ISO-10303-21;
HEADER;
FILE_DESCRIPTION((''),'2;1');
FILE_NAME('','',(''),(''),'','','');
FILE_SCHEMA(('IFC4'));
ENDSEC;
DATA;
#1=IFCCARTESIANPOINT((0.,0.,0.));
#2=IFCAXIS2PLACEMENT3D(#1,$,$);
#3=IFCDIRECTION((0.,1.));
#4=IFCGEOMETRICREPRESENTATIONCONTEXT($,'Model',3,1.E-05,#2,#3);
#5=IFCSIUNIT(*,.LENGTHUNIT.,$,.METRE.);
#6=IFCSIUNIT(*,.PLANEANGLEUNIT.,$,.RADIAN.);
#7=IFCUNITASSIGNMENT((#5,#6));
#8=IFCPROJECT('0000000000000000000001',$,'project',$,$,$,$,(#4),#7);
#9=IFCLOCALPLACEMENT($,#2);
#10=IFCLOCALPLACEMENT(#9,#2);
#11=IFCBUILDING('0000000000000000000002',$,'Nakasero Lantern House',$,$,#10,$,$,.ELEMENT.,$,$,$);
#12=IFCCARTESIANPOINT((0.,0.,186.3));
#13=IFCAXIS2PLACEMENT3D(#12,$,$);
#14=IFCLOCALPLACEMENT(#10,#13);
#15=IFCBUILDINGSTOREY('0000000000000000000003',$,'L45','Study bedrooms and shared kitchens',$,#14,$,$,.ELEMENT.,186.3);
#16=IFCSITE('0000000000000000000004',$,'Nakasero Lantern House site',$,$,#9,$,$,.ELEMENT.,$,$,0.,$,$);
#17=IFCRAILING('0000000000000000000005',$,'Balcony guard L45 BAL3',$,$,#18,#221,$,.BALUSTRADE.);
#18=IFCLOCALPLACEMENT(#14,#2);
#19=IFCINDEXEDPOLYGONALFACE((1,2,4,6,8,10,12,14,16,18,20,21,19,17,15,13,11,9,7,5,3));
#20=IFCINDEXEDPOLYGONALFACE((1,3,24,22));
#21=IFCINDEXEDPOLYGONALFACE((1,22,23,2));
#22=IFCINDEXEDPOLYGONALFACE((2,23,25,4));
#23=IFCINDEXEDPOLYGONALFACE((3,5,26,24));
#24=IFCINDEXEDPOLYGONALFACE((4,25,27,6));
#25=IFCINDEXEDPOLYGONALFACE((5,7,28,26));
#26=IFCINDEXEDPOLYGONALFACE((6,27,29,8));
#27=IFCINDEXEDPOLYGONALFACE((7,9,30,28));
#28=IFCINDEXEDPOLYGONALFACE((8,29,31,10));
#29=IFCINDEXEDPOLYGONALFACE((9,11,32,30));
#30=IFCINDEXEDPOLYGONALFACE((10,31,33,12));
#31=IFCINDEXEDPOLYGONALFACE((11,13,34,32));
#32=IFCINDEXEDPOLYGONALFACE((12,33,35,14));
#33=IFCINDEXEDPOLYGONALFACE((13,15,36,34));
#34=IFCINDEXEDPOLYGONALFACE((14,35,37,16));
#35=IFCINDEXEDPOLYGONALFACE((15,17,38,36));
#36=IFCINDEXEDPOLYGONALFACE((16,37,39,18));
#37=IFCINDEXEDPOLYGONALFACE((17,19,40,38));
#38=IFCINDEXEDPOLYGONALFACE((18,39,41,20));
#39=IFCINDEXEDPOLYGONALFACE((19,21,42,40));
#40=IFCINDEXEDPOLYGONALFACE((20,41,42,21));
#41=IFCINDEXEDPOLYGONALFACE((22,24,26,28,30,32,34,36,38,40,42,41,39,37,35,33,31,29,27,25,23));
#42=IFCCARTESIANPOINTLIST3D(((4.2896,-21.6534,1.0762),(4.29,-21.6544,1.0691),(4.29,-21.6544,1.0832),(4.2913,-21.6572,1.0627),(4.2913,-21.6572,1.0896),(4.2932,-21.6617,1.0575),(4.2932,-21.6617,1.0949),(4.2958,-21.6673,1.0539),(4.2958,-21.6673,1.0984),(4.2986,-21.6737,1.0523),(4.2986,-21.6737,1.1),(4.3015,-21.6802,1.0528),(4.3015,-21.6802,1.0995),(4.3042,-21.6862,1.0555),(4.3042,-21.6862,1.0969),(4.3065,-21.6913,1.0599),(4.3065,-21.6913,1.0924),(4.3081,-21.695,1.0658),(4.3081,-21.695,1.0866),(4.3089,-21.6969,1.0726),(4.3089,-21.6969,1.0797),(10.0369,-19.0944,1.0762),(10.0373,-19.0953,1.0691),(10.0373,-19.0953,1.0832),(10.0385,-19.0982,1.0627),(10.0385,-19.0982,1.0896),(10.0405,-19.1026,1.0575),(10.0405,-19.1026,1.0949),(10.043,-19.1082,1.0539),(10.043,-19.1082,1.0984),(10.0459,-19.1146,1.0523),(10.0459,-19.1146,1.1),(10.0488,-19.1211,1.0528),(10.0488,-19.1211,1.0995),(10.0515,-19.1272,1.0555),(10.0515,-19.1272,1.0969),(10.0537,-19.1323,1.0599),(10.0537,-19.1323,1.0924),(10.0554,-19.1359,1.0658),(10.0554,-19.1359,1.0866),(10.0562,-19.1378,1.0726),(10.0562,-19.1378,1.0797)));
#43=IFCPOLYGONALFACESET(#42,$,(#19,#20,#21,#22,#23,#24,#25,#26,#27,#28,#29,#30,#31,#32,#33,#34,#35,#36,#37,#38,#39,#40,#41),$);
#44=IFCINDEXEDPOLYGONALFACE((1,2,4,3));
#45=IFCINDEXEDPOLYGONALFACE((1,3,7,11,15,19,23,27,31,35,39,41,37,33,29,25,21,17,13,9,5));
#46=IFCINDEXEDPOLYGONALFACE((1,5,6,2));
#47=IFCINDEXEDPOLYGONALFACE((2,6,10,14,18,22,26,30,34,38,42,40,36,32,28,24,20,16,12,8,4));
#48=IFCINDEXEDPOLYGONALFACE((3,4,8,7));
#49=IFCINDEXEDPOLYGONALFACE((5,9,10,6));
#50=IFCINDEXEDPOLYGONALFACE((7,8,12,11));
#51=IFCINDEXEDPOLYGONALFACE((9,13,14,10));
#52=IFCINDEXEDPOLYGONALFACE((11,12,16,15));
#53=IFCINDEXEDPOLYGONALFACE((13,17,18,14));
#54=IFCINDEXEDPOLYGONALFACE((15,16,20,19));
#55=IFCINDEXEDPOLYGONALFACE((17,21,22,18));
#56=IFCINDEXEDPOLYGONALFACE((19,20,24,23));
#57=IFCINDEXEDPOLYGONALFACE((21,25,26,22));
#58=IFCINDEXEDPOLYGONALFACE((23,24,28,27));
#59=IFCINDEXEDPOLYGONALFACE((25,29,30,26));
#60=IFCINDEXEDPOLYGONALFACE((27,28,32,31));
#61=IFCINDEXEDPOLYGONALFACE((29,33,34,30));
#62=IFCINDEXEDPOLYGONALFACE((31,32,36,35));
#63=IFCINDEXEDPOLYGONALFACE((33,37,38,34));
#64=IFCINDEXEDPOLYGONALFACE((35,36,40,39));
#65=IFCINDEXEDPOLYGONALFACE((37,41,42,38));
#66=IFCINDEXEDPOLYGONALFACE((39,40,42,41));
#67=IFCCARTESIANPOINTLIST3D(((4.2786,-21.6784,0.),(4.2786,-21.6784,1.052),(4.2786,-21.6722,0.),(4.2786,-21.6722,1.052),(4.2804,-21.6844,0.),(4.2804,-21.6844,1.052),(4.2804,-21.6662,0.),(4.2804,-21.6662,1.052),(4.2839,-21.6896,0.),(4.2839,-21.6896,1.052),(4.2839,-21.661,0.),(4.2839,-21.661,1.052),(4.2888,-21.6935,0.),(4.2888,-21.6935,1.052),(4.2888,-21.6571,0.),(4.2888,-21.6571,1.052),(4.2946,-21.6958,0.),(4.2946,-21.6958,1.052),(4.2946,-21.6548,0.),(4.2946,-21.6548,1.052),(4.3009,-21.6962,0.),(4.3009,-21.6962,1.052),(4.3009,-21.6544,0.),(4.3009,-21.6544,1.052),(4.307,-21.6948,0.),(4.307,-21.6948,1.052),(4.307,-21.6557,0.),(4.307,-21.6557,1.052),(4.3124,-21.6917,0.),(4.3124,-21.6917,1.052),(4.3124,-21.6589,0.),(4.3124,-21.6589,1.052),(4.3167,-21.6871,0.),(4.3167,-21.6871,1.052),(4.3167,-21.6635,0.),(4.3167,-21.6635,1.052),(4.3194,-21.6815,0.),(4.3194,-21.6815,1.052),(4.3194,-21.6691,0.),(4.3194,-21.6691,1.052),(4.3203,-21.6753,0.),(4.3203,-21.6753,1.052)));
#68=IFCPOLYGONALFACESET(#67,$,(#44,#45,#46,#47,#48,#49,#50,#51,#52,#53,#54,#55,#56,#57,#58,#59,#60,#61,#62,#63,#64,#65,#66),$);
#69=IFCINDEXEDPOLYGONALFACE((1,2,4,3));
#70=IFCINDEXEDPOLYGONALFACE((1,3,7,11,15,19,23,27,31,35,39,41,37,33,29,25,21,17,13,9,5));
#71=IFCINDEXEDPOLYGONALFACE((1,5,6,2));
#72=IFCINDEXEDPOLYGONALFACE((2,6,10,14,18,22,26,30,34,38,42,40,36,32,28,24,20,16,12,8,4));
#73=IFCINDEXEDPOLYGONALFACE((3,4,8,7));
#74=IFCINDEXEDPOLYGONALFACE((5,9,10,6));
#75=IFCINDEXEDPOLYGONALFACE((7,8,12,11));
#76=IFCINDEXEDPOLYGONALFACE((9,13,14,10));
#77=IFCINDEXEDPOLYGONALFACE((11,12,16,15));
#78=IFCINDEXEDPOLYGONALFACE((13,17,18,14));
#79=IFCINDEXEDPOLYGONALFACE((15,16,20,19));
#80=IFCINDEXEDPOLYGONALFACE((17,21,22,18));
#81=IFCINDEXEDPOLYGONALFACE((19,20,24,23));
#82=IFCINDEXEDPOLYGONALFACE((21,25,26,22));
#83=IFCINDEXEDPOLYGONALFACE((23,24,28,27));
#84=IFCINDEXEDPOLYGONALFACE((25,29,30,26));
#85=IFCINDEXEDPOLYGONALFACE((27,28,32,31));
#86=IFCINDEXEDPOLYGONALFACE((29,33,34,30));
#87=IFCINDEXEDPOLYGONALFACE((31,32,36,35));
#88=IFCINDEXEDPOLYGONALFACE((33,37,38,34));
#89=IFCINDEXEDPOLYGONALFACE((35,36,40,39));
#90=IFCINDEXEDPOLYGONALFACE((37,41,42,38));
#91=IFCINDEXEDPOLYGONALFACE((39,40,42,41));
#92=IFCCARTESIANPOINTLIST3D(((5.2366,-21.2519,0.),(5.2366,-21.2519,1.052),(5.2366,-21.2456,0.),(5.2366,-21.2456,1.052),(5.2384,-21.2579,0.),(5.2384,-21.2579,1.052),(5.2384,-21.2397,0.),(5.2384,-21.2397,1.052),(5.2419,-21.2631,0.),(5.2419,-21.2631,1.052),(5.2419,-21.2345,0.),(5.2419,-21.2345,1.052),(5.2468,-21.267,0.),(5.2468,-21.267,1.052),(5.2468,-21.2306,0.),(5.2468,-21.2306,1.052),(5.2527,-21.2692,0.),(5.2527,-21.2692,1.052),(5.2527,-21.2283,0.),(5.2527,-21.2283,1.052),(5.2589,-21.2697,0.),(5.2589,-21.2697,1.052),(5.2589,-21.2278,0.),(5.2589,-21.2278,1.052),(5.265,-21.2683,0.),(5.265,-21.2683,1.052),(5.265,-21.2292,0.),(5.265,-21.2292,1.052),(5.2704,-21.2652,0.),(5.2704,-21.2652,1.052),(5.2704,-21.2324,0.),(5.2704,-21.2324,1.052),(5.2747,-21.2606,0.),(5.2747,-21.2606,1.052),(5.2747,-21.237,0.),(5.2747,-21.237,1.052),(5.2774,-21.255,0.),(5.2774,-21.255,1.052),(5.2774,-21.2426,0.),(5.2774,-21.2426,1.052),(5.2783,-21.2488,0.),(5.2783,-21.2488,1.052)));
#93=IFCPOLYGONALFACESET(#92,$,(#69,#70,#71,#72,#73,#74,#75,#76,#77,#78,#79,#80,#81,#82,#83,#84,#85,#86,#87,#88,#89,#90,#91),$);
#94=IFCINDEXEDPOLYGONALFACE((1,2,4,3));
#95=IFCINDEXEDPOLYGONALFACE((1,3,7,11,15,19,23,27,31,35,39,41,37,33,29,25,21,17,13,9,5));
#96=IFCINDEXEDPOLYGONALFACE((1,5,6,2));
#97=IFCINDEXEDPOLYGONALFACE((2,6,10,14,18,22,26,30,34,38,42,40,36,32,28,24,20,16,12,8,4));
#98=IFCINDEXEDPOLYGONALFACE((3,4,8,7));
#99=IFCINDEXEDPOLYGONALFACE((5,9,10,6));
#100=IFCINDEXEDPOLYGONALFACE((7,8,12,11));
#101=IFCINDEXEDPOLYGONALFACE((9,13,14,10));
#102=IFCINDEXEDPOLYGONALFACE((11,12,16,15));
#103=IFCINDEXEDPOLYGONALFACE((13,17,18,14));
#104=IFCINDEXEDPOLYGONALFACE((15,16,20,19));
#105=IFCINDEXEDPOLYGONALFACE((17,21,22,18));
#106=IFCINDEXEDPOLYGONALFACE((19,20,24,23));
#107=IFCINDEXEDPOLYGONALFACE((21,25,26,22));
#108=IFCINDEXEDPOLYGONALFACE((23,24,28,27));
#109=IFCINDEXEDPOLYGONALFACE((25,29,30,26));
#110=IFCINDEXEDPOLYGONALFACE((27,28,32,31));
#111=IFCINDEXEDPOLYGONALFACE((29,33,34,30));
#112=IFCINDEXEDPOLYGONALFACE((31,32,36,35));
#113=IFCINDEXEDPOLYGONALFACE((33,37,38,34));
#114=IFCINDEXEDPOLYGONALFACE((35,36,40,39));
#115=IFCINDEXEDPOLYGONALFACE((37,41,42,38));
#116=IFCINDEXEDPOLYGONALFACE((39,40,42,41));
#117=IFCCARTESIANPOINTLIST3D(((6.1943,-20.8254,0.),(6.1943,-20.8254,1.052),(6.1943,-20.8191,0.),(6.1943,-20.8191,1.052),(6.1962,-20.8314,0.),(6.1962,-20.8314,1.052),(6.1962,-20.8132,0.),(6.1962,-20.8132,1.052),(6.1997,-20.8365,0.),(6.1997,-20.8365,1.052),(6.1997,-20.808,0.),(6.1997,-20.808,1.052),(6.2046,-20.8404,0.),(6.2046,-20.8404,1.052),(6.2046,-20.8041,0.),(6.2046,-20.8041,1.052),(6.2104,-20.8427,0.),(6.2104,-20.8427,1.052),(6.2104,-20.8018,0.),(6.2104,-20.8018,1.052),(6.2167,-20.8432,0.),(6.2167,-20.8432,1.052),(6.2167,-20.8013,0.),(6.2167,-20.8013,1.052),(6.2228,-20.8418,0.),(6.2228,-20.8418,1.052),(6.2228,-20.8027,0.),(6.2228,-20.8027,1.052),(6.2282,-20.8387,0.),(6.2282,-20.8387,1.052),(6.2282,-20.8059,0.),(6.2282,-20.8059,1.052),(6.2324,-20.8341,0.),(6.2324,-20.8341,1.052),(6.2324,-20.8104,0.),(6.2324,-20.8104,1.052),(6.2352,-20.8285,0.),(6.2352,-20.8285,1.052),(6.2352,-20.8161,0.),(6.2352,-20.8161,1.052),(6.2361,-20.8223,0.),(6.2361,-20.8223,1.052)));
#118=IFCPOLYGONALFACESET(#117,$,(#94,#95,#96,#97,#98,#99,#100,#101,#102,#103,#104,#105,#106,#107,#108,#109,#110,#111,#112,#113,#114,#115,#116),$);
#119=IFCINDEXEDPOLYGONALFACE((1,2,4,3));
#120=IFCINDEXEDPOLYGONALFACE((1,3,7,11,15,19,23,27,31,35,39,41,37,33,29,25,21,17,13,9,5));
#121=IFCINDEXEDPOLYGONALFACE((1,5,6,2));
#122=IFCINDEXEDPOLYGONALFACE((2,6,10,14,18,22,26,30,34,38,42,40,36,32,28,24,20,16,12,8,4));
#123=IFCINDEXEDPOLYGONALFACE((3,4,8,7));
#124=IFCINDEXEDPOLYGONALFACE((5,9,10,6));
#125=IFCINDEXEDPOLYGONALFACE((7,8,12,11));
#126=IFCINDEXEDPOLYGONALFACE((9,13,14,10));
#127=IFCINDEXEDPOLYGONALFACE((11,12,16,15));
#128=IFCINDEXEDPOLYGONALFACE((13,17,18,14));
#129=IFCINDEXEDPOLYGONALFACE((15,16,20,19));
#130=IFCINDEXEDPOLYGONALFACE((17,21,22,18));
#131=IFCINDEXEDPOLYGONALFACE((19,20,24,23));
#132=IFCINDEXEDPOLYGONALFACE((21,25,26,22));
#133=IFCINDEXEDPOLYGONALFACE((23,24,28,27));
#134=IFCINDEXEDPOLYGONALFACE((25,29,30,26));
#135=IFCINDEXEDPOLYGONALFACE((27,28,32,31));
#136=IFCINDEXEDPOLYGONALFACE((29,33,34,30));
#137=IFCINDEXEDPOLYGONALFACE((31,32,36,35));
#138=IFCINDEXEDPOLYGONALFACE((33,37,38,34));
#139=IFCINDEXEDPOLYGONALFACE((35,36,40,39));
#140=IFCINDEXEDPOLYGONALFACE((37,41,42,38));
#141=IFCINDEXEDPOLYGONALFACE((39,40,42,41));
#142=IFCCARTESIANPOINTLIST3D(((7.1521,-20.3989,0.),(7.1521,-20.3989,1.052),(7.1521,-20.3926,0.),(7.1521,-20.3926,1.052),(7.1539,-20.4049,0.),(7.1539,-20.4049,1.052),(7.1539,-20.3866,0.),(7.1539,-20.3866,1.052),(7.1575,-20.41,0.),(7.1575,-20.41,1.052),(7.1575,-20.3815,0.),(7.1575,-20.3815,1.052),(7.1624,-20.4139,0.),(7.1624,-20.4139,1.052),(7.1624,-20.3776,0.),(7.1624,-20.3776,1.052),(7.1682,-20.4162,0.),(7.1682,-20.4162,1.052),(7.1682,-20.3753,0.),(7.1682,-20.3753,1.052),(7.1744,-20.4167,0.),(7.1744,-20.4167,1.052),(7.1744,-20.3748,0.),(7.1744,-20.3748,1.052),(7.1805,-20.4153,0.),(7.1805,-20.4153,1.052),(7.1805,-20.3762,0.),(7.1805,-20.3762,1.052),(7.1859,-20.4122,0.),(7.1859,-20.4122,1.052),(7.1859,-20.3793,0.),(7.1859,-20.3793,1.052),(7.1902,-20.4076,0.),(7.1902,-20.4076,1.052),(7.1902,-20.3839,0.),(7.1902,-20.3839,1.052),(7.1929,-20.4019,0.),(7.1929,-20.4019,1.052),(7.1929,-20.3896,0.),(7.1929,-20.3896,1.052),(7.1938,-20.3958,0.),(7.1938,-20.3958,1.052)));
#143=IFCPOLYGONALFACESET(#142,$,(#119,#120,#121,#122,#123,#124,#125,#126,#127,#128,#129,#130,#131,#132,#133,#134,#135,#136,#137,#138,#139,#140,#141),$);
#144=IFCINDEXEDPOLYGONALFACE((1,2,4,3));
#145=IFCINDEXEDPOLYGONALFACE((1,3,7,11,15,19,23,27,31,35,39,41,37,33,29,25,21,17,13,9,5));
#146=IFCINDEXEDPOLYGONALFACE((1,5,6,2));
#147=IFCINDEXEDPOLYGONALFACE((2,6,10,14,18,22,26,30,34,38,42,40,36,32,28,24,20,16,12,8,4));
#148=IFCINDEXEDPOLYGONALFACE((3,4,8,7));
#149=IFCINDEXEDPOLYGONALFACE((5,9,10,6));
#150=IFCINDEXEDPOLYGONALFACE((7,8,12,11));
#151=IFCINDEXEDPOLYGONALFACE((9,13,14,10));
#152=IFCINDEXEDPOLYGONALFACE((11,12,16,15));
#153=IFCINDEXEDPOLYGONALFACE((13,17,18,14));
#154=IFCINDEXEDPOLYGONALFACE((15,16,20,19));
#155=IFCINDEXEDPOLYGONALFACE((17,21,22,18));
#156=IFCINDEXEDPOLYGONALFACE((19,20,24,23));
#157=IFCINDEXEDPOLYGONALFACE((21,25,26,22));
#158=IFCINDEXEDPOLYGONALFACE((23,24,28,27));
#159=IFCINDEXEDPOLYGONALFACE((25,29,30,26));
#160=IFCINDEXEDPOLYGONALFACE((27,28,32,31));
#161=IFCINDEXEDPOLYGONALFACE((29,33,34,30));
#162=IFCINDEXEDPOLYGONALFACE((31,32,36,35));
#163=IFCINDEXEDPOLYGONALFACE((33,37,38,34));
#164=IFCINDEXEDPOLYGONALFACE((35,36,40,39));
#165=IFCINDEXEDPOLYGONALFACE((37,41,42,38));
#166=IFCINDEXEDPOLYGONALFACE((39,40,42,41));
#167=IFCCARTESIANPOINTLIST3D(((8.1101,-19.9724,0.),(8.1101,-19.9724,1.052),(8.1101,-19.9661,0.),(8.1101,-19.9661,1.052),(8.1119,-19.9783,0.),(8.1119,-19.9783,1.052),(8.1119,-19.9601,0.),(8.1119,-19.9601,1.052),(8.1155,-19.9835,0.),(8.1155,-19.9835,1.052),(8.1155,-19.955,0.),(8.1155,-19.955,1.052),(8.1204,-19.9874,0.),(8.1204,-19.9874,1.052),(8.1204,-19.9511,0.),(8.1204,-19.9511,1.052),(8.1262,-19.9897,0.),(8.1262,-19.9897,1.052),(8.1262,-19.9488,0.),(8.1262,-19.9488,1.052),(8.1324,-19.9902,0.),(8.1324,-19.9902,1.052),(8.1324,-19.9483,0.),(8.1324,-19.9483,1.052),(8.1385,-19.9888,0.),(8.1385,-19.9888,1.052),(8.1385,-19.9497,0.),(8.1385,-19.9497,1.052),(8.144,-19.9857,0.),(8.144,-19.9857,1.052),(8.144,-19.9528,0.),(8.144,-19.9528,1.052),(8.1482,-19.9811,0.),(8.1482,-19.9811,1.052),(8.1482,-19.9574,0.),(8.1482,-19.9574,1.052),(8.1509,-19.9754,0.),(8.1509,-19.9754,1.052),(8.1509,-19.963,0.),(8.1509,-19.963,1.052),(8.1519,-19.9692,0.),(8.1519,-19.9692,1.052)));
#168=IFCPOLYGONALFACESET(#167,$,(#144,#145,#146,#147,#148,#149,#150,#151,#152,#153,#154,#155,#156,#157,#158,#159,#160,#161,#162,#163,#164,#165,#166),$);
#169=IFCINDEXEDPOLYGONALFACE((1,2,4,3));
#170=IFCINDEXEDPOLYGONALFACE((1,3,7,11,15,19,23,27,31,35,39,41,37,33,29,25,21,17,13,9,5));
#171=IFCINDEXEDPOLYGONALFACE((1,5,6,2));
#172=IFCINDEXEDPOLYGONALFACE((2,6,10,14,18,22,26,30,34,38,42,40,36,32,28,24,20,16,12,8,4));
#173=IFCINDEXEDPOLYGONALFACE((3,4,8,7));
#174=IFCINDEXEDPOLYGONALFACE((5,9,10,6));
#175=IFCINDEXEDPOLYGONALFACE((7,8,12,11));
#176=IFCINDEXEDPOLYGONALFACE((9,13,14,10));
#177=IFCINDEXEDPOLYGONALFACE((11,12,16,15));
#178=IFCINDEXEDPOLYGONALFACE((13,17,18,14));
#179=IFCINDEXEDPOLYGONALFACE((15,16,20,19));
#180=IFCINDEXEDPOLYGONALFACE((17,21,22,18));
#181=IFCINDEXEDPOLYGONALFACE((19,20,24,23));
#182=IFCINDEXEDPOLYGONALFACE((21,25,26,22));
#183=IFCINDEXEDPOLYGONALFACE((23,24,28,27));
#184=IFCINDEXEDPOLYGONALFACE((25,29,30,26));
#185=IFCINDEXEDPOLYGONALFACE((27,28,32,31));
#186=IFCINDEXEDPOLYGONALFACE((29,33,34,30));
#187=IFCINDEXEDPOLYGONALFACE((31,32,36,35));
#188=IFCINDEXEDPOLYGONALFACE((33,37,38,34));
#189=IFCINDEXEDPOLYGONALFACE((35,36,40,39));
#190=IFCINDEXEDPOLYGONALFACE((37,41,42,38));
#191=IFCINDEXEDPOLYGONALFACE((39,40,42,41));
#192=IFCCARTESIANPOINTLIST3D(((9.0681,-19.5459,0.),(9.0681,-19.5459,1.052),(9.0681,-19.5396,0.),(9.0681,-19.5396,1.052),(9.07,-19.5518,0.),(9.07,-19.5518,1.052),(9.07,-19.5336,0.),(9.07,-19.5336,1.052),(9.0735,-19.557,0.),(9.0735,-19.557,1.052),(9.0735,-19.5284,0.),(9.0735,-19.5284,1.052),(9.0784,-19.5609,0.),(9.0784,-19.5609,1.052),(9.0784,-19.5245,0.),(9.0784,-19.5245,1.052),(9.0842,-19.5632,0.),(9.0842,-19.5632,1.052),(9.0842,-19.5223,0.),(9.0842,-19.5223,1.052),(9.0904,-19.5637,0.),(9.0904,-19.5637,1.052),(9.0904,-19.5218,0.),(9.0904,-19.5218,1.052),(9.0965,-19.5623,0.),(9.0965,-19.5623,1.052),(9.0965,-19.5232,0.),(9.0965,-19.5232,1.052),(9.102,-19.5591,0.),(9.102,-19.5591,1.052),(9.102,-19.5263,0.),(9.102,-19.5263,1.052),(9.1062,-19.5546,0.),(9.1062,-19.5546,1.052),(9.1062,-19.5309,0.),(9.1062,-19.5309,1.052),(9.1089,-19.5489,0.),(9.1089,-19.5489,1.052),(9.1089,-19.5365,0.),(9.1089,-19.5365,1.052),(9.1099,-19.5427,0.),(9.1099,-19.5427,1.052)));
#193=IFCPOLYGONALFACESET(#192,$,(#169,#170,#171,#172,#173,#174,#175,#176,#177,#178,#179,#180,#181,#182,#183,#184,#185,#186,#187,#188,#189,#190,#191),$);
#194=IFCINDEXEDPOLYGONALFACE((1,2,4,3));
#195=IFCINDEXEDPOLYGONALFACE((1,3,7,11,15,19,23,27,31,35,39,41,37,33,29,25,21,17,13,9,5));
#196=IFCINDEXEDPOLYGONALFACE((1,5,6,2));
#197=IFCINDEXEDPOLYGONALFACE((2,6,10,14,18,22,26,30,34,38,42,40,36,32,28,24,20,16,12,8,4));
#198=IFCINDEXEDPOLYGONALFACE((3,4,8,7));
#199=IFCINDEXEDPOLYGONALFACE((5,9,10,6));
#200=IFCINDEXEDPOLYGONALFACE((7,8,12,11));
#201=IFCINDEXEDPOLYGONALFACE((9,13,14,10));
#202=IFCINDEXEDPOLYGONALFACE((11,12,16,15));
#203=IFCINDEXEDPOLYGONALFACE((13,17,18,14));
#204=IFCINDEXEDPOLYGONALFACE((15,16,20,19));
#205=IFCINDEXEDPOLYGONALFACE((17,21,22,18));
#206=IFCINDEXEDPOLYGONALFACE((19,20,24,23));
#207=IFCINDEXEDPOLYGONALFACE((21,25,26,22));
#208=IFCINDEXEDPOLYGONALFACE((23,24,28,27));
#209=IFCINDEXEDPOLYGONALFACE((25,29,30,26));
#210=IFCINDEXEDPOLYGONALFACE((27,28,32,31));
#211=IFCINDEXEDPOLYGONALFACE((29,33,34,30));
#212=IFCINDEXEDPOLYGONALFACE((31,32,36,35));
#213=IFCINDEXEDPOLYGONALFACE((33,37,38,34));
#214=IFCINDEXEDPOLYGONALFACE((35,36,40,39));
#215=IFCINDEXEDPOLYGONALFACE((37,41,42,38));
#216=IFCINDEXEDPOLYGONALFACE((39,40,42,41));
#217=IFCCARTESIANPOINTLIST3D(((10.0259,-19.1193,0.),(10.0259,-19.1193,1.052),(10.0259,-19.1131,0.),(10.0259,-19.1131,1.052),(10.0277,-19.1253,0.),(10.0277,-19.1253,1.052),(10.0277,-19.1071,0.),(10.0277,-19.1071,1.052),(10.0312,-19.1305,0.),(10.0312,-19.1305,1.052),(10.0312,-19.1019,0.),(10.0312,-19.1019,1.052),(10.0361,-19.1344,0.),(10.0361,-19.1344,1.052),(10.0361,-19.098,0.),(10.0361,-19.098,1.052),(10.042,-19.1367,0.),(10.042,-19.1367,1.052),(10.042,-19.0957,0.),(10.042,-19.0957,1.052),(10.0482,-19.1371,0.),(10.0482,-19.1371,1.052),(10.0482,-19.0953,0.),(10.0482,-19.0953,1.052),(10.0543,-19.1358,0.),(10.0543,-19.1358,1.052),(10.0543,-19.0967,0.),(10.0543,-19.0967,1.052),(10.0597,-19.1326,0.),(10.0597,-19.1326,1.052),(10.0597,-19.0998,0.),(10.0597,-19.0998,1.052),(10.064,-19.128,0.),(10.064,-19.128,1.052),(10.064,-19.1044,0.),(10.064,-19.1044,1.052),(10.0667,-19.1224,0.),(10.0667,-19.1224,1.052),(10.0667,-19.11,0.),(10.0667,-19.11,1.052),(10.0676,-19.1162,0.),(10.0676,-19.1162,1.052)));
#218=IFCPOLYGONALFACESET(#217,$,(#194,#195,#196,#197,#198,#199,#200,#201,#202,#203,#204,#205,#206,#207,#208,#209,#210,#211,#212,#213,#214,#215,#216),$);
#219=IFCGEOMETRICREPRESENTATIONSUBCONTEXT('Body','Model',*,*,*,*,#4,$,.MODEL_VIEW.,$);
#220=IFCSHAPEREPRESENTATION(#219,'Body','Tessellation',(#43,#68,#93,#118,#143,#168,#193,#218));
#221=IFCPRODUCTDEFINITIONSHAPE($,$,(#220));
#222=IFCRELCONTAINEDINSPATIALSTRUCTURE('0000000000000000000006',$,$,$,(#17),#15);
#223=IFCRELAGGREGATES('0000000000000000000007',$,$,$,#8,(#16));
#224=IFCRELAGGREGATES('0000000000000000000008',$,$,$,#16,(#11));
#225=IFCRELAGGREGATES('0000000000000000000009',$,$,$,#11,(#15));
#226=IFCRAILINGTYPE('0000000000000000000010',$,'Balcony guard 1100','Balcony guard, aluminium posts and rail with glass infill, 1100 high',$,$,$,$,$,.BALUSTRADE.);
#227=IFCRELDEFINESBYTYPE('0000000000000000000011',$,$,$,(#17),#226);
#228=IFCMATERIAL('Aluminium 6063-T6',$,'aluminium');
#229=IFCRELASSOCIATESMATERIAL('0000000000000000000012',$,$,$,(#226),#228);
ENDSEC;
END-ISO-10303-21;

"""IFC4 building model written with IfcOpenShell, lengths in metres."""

from ifc_helpers import new_model, si_unit, direction, frame, origin, origin_2d, place, context, subcontext, project, spatial, circle, extrude, material, type_object, element, save


model = new_model("IFC4")

# Units and contexts
model_context = context("Model", 3, precision=1e-05, world=origin(), true_north=direction((0.0, 1.0)))
body_context = subcontext(model_context, "Body", "Model", "MODEL_VIEW")
ifc_project = project(units=[si_unit("LENGTHUNIT", "METRE"), si_unit("PLANEANGLEUNIT", "RADIAN")], contexts=[model_context])

# Site, building, storey
site_placement = place(None, origin())
site = spatial("IfcSite", under=ifc_project, at=site_placement, Name="Nakasero Lantern House site", CompositionType="ELEMENT", RefElevation=0.0)
building_placement = place(site_placement, origin())
building = spatial("IfcBuilding", under=site, at=building_placement, Name="Nakasero Lantern House", CompositionType="ELEMENT")
storey_placement = place(building_placement, frame((0.0, 0.0, 186.3)))
storey = spatial("IfcBuildingStorey", under=building, at=storey_placement, Name="L45", Description="Study bedrooms and shared kitchens", CompositionType="ELEMENT", Elevation=186.3)

# Railing
ifc_material_1 = material(Name="Aluminium 6063-T6", Category="aluminium")
railing_type = type_object("IfcRailingType", Name="Balcony guard 1100", Description="Balcony guard, aluminium posts and rail with glass infill, 1100 high", PredefinedType="BALUSTRADE", material=ifc_material_1)
railing_placement = place(storey_placement, frame((4.2993, -21.6753, 0.0)))
element("IfcRailing", 1, at=railing_placement, inside=storey, type_object=railing_type, Name="Balcony guard L45 BAL3", PredefinedType="BALUSTRADE", context=body_context, shape_type="SweptSolid", body=[
    extrude(circle(Radius=0.0239, at=origin_2d()), frame((0.0, 0.0, 1.0762), z_axis=(0.913533, 0.406765, 0.0), x_axis=(-0.406765, 0.913533, 0.0)), (0.0, 0.0, 1.0), 6.2913),
    extrude(circle(Radius=0.021, at=origin_2d()), origin(), (0.0, 0.0, 1.0), 1.052),
    extrude(circle(Radius=0.021, at=origin_2d()), frame((0.958, 0.4265, 0.0)), (0.0, 0.0, 1.0), 1.052),
    extrude(circle(Radius=0.021, at=origin_2d()), frame((1.9158, 0.853, 0.0)), (0.0, 0.0, 1.0), 1.052),
    extrude(circle(Radius=0.021, at=origin_2d()), frame((2.8735, 1.2795, 0.0)), (0.0, 0.0, 1.0), 1.052),
    extrude(circle(Radius=0.021, at=origin_2d()), frame((3.8315, 1.7061, 0.0)), (0.0, 0.0, 1.0), 1.052),
    extrude(circle(Radius=0.021, at=origin_2d()), frame((4.7896, 2.1326, 0.0)), (0.0, 0.0, 1.0), 1.052),
    extrude(circle(Radius=0.021, at=origin_2d()), frame((5.7473, 2.5591, 0.0)), (0.0, 0.0, 1.0), 1.052),
])

save(model, "model.ifc")
